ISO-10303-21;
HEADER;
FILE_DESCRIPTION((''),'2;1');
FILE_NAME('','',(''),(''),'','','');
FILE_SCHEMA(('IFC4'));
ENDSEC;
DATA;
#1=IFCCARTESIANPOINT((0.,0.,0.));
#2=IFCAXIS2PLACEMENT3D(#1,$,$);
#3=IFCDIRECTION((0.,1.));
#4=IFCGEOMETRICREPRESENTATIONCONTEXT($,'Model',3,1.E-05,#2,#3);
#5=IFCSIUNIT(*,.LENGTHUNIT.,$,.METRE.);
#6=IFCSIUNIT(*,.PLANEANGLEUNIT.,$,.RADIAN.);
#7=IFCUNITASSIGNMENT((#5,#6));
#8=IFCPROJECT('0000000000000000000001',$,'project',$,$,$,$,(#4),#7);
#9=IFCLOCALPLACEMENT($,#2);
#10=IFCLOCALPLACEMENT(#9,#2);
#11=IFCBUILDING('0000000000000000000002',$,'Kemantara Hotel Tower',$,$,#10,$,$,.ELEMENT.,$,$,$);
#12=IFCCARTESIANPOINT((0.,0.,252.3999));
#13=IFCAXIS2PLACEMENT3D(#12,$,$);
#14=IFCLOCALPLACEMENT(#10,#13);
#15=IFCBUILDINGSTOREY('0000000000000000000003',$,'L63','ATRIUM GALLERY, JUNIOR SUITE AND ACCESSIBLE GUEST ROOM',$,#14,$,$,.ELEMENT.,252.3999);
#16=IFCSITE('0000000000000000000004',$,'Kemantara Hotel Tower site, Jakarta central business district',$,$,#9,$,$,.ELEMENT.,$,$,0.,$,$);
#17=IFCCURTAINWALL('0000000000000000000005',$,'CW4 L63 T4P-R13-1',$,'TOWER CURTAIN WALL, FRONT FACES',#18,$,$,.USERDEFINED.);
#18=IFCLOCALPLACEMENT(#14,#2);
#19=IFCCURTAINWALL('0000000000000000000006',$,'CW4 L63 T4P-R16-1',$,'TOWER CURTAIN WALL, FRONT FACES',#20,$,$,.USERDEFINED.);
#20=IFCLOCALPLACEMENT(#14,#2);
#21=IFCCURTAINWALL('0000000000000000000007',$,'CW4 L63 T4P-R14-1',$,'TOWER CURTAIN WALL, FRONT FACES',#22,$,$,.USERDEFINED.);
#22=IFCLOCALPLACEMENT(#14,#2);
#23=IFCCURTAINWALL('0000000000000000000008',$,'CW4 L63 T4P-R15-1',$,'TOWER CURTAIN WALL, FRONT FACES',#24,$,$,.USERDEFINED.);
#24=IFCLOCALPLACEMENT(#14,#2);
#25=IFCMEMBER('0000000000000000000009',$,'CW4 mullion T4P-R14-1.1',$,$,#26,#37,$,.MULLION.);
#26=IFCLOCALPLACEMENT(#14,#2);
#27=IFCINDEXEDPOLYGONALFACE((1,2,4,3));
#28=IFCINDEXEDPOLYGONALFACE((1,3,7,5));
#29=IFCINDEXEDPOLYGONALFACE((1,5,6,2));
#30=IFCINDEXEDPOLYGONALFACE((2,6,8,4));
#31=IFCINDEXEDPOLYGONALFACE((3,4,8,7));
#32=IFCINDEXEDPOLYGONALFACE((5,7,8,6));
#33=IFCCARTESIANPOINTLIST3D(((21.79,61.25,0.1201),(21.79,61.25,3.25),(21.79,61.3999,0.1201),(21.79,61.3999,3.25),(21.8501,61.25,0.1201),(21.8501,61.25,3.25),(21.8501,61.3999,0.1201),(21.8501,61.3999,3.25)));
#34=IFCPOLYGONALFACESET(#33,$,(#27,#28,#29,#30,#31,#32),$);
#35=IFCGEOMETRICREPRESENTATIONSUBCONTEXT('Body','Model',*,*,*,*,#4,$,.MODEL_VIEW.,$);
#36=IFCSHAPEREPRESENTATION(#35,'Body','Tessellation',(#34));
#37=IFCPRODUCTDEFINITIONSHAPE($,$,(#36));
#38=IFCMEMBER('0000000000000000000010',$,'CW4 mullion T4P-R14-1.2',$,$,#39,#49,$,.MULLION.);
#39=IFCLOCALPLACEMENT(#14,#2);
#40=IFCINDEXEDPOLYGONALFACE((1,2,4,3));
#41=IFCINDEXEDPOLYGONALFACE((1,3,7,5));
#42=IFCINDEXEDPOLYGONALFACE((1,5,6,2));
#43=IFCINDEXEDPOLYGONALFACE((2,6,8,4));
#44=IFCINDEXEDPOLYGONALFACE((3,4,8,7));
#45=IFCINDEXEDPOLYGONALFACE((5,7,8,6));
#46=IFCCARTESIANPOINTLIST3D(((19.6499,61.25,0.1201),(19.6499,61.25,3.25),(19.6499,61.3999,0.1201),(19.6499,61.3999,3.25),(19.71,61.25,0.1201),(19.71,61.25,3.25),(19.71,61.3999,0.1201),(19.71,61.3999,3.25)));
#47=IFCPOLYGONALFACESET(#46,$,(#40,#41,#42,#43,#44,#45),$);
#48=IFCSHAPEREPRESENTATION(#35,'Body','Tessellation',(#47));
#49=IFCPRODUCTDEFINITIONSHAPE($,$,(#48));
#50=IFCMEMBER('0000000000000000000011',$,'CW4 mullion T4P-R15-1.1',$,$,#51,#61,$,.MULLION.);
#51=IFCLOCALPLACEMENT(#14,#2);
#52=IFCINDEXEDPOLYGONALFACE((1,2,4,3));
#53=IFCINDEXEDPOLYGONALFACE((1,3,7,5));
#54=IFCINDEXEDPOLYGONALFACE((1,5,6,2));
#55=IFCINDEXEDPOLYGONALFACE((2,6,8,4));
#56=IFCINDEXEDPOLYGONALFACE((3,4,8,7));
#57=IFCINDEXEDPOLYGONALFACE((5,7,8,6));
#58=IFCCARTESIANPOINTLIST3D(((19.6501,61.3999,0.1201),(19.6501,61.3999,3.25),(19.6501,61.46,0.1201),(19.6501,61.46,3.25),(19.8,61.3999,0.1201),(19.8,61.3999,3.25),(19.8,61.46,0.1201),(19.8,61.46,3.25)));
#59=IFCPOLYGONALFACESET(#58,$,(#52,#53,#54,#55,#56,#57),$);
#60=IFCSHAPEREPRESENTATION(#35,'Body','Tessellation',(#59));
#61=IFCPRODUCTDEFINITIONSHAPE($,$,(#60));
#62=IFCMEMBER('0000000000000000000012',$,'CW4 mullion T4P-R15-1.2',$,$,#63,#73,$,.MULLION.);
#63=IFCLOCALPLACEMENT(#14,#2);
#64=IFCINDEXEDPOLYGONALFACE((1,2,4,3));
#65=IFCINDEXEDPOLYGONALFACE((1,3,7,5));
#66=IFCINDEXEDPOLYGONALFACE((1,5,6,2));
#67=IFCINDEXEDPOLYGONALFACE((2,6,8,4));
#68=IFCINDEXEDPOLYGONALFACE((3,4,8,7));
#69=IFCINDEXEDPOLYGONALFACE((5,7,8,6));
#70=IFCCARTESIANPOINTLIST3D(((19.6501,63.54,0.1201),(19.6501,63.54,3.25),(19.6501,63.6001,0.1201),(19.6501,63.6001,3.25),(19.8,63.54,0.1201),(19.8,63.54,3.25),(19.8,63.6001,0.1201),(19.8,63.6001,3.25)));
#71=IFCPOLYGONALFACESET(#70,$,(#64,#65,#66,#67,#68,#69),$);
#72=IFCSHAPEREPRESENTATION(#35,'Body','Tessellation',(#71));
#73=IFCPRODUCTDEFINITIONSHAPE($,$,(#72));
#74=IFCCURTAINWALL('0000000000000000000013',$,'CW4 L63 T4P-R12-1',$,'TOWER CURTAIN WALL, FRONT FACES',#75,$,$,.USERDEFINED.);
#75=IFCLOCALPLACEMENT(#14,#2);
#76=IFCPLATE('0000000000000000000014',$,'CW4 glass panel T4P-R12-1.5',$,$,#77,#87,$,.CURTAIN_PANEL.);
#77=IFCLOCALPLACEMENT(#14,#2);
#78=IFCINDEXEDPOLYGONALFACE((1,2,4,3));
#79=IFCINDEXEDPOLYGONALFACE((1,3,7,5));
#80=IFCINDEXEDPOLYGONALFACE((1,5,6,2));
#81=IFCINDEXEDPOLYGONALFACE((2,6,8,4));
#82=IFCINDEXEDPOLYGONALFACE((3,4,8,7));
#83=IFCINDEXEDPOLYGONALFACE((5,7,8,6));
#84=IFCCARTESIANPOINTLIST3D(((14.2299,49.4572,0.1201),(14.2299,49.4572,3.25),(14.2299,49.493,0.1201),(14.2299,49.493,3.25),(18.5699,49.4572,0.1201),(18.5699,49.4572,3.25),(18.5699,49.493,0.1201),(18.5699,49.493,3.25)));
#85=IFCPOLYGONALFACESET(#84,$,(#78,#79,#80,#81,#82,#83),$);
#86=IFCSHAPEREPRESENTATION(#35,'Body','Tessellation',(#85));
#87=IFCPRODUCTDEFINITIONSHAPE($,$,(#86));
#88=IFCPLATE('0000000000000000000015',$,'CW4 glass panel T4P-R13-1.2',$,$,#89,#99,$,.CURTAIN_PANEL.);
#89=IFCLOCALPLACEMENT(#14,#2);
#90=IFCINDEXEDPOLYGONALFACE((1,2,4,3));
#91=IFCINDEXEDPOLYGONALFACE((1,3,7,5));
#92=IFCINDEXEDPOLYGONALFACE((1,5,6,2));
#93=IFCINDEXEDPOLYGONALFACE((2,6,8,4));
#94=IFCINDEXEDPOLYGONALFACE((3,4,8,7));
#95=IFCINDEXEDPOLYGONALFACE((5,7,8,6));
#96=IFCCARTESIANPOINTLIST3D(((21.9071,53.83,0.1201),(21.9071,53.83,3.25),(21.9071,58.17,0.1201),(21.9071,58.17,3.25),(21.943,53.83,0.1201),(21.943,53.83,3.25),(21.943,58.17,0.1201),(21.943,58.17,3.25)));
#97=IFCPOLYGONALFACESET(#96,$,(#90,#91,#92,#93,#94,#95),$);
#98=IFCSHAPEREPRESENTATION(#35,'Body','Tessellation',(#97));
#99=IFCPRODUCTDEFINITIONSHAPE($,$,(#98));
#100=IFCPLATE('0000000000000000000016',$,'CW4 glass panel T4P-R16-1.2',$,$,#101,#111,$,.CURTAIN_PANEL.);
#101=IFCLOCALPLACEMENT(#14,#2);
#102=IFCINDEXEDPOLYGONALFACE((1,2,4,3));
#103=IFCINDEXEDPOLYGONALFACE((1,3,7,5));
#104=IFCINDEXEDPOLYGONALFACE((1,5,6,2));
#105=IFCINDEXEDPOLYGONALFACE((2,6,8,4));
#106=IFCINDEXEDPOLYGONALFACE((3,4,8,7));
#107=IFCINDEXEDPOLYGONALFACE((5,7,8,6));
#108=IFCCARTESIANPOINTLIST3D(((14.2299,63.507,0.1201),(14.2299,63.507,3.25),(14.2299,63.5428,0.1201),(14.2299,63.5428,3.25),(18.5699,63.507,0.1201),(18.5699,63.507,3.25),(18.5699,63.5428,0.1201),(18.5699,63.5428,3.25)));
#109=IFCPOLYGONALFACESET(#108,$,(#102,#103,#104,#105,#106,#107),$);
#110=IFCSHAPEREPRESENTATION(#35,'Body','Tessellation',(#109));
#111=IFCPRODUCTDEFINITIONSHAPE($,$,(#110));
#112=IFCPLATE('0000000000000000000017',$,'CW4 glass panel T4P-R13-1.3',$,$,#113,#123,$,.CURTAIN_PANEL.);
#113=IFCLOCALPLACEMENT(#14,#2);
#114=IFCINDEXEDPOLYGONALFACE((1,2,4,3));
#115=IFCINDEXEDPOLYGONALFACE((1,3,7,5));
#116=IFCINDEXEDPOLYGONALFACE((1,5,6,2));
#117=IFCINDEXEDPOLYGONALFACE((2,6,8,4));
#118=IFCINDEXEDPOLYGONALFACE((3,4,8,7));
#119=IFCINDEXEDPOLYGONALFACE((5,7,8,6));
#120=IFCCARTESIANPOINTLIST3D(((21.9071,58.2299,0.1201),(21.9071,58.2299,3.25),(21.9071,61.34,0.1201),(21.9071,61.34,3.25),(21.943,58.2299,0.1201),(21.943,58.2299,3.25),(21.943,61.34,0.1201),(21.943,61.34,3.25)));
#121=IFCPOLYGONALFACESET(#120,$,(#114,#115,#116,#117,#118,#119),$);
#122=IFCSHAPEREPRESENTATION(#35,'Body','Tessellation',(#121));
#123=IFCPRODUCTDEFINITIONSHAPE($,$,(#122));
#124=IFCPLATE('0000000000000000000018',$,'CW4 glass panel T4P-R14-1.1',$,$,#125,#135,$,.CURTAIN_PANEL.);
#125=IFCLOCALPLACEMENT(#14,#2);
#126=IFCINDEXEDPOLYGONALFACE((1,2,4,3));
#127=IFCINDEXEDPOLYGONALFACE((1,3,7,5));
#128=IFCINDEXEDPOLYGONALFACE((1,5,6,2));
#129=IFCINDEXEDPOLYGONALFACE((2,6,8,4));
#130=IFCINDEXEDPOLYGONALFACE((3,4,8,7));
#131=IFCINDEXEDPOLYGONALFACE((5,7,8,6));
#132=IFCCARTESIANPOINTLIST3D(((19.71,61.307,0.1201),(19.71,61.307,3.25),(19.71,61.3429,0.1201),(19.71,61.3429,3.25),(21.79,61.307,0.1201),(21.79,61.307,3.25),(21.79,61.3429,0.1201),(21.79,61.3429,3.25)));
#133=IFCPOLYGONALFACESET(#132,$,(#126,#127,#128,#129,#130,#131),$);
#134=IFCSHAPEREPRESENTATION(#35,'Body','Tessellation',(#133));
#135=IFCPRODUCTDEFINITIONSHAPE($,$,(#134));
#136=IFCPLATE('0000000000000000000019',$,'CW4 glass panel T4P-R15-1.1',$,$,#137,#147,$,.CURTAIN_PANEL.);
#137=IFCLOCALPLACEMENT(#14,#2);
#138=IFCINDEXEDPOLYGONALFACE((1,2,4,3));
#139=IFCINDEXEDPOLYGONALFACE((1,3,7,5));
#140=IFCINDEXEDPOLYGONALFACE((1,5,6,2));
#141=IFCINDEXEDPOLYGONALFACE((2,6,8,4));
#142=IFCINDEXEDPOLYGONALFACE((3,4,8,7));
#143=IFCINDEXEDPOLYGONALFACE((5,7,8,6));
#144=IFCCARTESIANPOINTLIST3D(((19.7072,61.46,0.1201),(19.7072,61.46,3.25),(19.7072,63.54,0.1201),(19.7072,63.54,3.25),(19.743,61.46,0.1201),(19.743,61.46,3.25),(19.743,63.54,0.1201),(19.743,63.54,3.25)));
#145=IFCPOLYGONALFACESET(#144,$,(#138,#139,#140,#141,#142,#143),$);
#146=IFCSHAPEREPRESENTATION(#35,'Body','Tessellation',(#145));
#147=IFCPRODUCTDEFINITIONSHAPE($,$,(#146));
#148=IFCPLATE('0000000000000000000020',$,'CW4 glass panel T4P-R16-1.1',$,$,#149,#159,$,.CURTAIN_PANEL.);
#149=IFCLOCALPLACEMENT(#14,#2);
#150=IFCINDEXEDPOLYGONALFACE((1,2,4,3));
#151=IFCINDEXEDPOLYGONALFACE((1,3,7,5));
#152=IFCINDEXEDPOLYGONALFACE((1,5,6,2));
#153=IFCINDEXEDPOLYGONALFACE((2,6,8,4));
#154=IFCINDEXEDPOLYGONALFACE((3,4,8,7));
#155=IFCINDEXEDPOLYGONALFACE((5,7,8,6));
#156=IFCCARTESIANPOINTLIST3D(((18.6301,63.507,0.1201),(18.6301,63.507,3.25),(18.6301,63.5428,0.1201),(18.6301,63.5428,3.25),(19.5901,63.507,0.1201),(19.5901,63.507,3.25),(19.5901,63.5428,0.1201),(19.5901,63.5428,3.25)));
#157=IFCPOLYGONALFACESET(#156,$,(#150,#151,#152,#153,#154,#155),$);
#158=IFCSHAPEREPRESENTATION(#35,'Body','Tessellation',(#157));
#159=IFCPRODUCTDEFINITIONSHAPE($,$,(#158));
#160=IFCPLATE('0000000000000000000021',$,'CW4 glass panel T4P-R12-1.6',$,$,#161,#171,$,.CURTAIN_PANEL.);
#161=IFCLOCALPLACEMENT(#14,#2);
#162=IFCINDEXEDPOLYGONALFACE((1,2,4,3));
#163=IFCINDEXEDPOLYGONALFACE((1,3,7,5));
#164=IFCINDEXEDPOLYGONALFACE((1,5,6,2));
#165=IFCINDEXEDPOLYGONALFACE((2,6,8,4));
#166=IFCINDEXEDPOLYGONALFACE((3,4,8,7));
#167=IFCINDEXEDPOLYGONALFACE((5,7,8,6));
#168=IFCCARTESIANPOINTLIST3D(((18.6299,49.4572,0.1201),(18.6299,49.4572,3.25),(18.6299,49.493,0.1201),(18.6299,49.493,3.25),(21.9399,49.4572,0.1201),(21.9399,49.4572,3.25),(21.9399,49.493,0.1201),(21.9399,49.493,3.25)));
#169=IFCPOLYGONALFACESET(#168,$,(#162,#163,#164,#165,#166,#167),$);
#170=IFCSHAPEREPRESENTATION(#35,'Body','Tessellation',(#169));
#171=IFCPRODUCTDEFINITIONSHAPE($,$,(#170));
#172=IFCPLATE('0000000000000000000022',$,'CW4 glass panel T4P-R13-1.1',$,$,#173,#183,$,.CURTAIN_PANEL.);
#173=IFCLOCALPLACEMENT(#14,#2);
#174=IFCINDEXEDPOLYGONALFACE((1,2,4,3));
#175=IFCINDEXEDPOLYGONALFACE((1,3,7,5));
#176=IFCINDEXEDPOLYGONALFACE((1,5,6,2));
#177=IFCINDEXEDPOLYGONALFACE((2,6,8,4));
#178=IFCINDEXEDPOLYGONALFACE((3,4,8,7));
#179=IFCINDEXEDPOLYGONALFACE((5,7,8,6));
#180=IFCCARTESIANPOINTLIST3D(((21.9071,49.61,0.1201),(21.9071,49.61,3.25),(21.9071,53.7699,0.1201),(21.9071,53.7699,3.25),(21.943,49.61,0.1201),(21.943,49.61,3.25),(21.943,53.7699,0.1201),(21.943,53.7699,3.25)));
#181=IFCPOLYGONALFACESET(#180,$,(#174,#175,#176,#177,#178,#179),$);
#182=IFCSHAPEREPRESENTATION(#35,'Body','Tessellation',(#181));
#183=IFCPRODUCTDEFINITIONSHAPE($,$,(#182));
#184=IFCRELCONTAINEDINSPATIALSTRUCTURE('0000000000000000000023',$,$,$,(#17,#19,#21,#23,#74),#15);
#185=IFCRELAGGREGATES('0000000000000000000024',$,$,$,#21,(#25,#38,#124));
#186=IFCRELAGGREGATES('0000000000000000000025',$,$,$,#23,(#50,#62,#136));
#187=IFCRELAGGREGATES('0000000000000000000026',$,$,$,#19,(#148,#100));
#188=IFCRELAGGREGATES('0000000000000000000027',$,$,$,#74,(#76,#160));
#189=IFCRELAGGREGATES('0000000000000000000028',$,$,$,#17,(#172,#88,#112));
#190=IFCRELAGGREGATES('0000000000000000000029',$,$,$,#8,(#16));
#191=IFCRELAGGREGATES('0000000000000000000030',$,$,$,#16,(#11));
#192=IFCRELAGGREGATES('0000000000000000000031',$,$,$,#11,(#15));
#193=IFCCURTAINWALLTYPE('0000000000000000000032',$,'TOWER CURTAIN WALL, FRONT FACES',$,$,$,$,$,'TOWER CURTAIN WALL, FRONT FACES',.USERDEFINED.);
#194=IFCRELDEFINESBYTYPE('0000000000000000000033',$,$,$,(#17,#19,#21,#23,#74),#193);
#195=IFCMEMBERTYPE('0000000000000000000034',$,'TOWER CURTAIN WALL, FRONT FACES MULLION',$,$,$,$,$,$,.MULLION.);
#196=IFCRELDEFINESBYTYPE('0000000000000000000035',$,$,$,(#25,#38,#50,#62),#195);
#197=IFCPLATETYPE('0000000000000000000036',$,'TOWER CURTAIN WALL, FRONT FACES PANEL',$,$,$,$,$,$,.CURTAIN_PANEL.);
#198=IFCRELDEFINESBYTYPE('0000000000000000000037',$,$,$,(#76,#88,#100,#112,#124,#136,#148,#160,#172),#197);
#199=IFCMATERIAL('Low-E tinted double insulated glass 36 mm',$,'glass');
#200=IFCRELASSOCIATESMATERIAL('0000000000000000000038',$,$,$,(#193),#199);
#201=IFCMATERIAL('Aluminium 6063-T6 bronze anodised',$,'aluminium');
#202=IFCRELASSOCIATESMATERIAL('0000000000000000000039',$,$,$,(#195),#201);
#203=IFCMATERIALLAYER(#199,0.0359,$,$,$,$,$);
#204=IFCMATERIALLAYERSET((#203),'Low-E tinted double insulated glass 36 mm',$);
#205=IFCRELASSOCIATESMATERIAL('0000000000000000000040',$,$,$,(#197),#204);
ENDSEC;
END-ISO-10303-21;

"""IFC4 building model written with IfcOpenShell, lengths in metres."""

from ifc_helpers import new_model, si_unit, direction, frame, origin, origin_2d, place, context, subcontext, project, spatial, rectangle, extrude, source, transform, mapped, material, layer, layer_set, material_profile, profile_set, type_object, element, aggregate, save


model = new_model("IFC4")

# Units and contexts
model_context = context("Model", 3, precision=1e-05, world=origin(), true_north=direction((0.0, 1.0)))
body_context = subcontext(model_context, "Body", "Model", "MODEL_VIEW")
ifc_project = project(units=[si_unit("LENGTHUNIT", "METRE"), si_unit("PLANEANGLEUNIT", "RADIAN")], contexts=[model_context])

# Site, building, storey
site_placement = place(None, origin())
site = spatial("IfcSite", under=ifc_project, at=site_placement, Name="Kemantara Hotel Tower site, Jakarta central business district", CompositionType="ELEMENT", RefElevation=0.0)
building_placement = place(site_placement, origin())
building = spatial("IfcBuilding", under=site, at=building_placement, Name="Kemantara Hotel Tower", CompositionType="ELEMENT")
storey_placement = place(building_placement, frame((0.0, 0.0, 252.3999)))
storey = spatial("IfcBuildingStorey", under=building, at=storey_placement, Name="L63", Description="ATRIUM GALLERY, JUNIOR SUITE AND ACCESSIBLE GUEST ROOM", CompositionType="ELEMENT", Elevation=252.3999)

# Curtain walls
ifc_material_1 = material(Name="Low-E tinted double insulated glass 36 mm", Category="glass")
curtain_wall_type = type_object("IfcCurtainWallType", Name="TOWER CURTAIN WALL, FRONT FACES", ElementType="TOWER CURTAIN WALL, FRONT FACES", PredefinedType="USERDEFINED", material=ifc_material_1)
curtain_wall_1_placement = place(storey_placement, origin())
curtain_wall_1 = element("IfcCurtainWall", 1, at=curtain_wall_1_placement, inside=storey, type_object=curtain_wall_type, Name="CW4 L63 T4P-R13-1", ObjectType="TOWER CURTAIN WALL, FRONT FACES", PredefinedType="USERDEFINED")
ifc_material_2 = material(Name="Aluminium 6063-T6 bronze anodised", Category="aluminium")
curtain_wall_2_placement = place(storey_placement, origin())
curtain_wall_2 = element("IfcCurtainWall", 2, at=curtain_wall_2_placement, inside=storey, type_object=curtain_wall_type, Name="CW4 L63 T4P-R16-1", ObjectType="TOWER CURTAIN WALL, FRONT FACES", PredefinedType="USERDEFINED")
curtain_wall_3_placement = place(storey_placement, origin())
curtain_wall_3 = element("IfcCurtainWall", 3, at=curtain_wall_3_placement, inside=storey, type_object=curtain_wall_type, Name="CW4 L63 T4P-R14-1", ObjectType="TOWER CURTAIN WALL, FRONT FACES", PredefinedType="USERDEFINED")
curtain_wall_4_placement = place(storey_placement, origin())
curtain_wall_4 = element("IfcCurtainWall", 4, at=curtain_wall_4_placement, inside=storey, type_object=curtain_wall_type, Name="CW4 L63 T4P-R15-1", ObjectType="TOWER CURTAIN WALL, FRONT FACES", PredefinedType="USERDEFINED")

# Members
ifc_material_profile_1 = material_profile(ifc_material_2, rectangle(XDim=0.1499, YDim=0.0601, at=origin_2d()), Name="TOWER CURTAIN WALL, FRONT FACES MULLION")
ifc_profile_set_1 = profile_set([ifc_material_profile_1], Name="Aluminium 6063-T6 bronze anodised")
member_type_1 = type_object("IfcMemberType", Name="TOWER CURTAIN WALL, FRONT FACES MULLION", PredefinedType="MULLION", material=ifc_profile_set_1)
shared_shape_1 = source(origin(), body_context, "Body", "SweptSolid", [
    extrude(rectangle(XDim=0.1499, YDim=0.0601, at=origin_2d()), origin(), (0.0, 0.0, 1.0), 3.1299),
])
member_1_placement = place(storey_placement, frame((21.8201, 61.325, 0.1201), z_axis=(0.0, 0.0, 1.0), x_axis=(0.0, -1.0, 0.0)))
member_1 = element("IfcMember", 5, at=member_1_placement, type_object=member_type_1, Name="CW4 mullion T4P-R14-1.1", PredefinedType="MULLION", context=body_context, shape_type="MappedRepresentation", body=[
    mapped(shared_shape_1, transform((0.0, 0.0, 0.0))),
])
member_2_placement = place(storey_placement, frame((19.6799, 61.325, 0.1201), z_axis=(0.0, 0.0, 1.0), x_axis=(0.0, -1.0, 0.0)))
member_2 = element("IfcMember", 6, at=member_2_placement, type_object=member_type_1, Name="CW4 mullion T4P-R14-1.2", PredefinedType="MULLION", context=body_context, shape_type="MappedRepresentation", body=[
    mapped(shared_shape_1, transform((0.0, 0.0, 0.0))),
])
member_3_placement = place(storey_placement, frame((19.7251, 61.4299, 0.1201), z_axis=(0.0, 0.0, 1.0), x_axis=(-1.0, 0.0, 0.0)))
member_3 = element("IfcMember", 7, at=member_3_placement, type_object=member_type_1, Name="CW4 mullion T4P-R15-1.1", PredefinedType="MULLION", context=body_context, shape_type="MappedRepresentation", body=[
    mapped(shared_shape_1, transform((0.0, 0.0, 0.0))),
])
member_4_placement = place(storey_placement, frame((19.7251, 63.5701, 0.1201), z_axis=(0.0, 0.0, 1.0), x_axis=(-1.0, 0.0, 0.0)))
member_4 = element("IfcMember", 8, at=member_4_placement, type_object=member_type_1, Name="CW4 mullion T4P-R15-1.2", PredefinedType="MULLION", context=body_context, shape_type="MappedRepresentation", body=[
    mapped(shared_shape_1, transform((0.0, 0.0, 0.0))),
])

# Curtain wall, plate
curtain_wall_5_placement = place(storey_placement, origin())
curtain_wall_5 = element("IfcCurtainWall", 9, at=curtain_wall_5_placement, inside=storey, type_object=curtain_wall_type, Name="CW4 L63 T4P-R12-1", ObjectType="TOWER CURTAIN WALL, FRONT FACES", PredefinedType="USERDEFINED")
ifc_layer_1 = layer(ifc_material_1, 0.0359)
ifc_layer_set_1 = layer_set([ifc_layer_1], Name="Low-E tinted double insulated glass 36 mm")
plate_type = type_object("IfcPlateType", Name="TOWER CURTAIN WALL, FRONT FACES PANEL", PredefinedType="CURTAIN_PANEL", material=ifc_layer_set_1)
shared_shape_2 = source(origin(), body_context, "Body", "SweptSolid", [
    extrude(rectangle(XDim=4.3401, YDim=0.0359, at=origin_2d()), origin(), (0.0, 0.0, 1.0), 3.1299),
])
plate_1_placement = place(storey_placement, frame((16.3999, 49.4751, 0.1201), z_axis=(0.0, 0.0, 1.0), x_axis=(1.0, 0.0, 0.0)))
plate_1 = element("IfcPlate", 10, at=plate_1_placement, type_object=plate_type, Name="CW4 glass panel T4P-R12-1.5", PredefinedType="CURTAIN_PANEL", context=body_context, shape_type="MappedRepresentation", body=[
    mapped(shared_shape_2, transform((0.0, 0.0, 0.0))),
])

# Plates
plate_2_placement = place(storey_placement, frame((21.925, 56.0, 0.1201), z_axis=(0.0, 0.0, 1.0), x_axis=(0.0, 1.0, 0.0)))
plate_2 = element("IfcPlate", 11, at=plate_2_placement, type_object=plate_type, Name="CW4 glass panel T4P-R13-1.2", PredefinedType="CURTAIN_PANEL", context=body_context, shape_type="MappedRepresentation", body=[
    mapped(shared_shape_2, transform((0.0, 0.0, 0.0))),
])
plate_3_placement = place(storey_placement, frame((16.3999, 63.5249, 0.1201), z_axis=(0.0, 0.0, 1.0), x_axis=(-1.0, 0.0, 0.0)))
plate_3 = element("IfcPlate", 12, at=plate_3_placement, type_object=plate_type, Name="CW4 glass panel T4P-R16-1.2", PredefinedType="CURTAIN_PANEL", context=body_context, shape_type="MappedRepresentation", body=[
    mapped(shared_shape_2, transform((0.0, 0.0, 0.0))),
])
shared_shape_3 = source(origin(), body_context, "Body", "SweptSolid", [
    extrude(rectangle(XDim=3.1101, YDim=0.0359, at=origin_2d()), origin(), (0.0, 0.0, 1.0), 3.1299),
])
plate_4_placement = place(storey_placement, frame((21.925, 59.7849, 0.1201), z_axis=(0.0, 0.0, 1.0), x_axis=(0.0, 1.0, 0.0)))
plate_4 = element("IfcPlate", 13, at=plate_4_placement, type_object=plate_type, Name="CW4 glass panel T4P-R13-1.3", PredefinedType="CURTAIN_PANEL", context=body_context, shape_type="MappedRepresentation", body=[
    mapped(shared_shape_3, transform((0.0, 0.0, 0.0))),
])
shared_shape_4 = source(origin(), body_context, "Body", "SweptSolid", [
    extrude(rectangle(XDim=2.0801, YDim=0.0359, at=origin_2d()), origin(), (0.0, 0.0, 1.0), 3.1299),
])
plate_5_placement = place(storey_placement, frame((20.75, 61.325, 0.1201), z_axis=(0.0, 0.0, 1.0), x_axis=(-1.0, 0.0, 0.0)))
plate_5 = element("IfcPlate", 14, at=plate_5_placement, type_object=plate_type, Name="CW4 glass panel T4P-R14-1.1", PredefinedType="CURTAIN_PANEL", context=body_context, shape_type="MappedRepresentation", body=[
    mapped(shared_shape_4, transform((0.0, 0.0, 0.0))),
])
aggregate(curtain_wall_3, [member_1, member_2, plate_5])
plate_6_placement = place(storey_placement, frame((19.7251, 62.5, 0.1201), z_axis=(0.0, 0.0, 1.0), x_axis=(0.0, 1.0, 0.0)))
plate_6 = element("IfcPlate", 15, at=plate_6_placement, type_object=plate_type, Name="CW4 glass panel T4P-R15-1.1", PredefinedType="CURTAIN_PANEL", context=body_context, shape_type="MappedRepresentation", body=[
    mapped(shared_shape_4, transform((0.0, 0.0, 0.0))),
])
aggregate(curtain_wall_4, [member_3, member_4, plate_6])
shared_shape_5 = source(origin(), body_context, "Body", "SweptSolid", [
    extrude(rectangle(XDim=0.96, YDim=0.0359, at=origin_2d()), origin(), (0.0, 0.0, 1.0), 3.1299),
])
plate_7_placement = place(storey_placement, frame((19.1101, 63.5249, 0.1201), z_axis=(0.0, 0.0, 1.0), x_axis=(-1.0, 0.0, 0.0)))
plate_7 = element("IfcPlate", 16, at=plate_7_placement, type_object=plate_type, Name="CW4 glass panel T4P-R16-1.1", PredefinedType="CURTAIN_PANEL", context=body_context, shape_type="MappedRepresentation", body=[
    mapped(shared_shape_5, transform((0.0, 0.0, 0.0))),
])
aggregate(curtain_wall_2, [plate_7, plate_3])
shared_shape_6 = source(origin(), body_context, "Body", "SweptSolid", [
    extrude(rectangle(XDim=3.3101, YDim=0.0359, at=origin_2d()), origin(), (0.0, 0.0, 1.0), 3.1299),
])
plate_8_placement = place(storey_placement, frame((20.2849, 49.4751, 0.1201), z_axis=(0.0, 0.0, 1.0), x_axis=(1.0, 0.0, 0.0)))
plate_8 = element("IfcPlate", 17, at=plate_8_placement, type_object=plate_type, Name="CW4 glass panel T4P-R12-1.6", PredefinedType="CURTAIN_PANEL", context=body_context, shape_type="MappedRepresentation", body=[
    mapped(shared_shape_6, transform((0.0, 0.0, 0.0))),
])
aggregate(curtain_wall_5, [plate_1, plate_8])
shared_shape_7 = source(origin(), body_context, "Body", "SweptSolid", [
    extrude(rectangle(XDim=4.1599, YDim=0.0359, at=origin_2d()), origin(), (0.0, 0.0, 1.0), 3.1299),
])
plate_9_placement = place(storey_placement, frame((21.925, 51.6899, 0.1201), z_axis=(0.0, 0.0, 1.0), x_axis=(0.0, 1.0, 0.0)))
plate_9 = element("IfcPlate", 18, at=plate_9_placement, type_object=plate_type, Name="CW4 glass panel T4P-R13-1.1", PredefinedType="CURTAIN_PANEL", context=body_context, shape_type="MappedRepresentation", body=[
    mapped(shared_shape_7, transform((0.0, 0.0, 0.0))),
])
aggregate(curtain_wall_1, [plate_9, plate_2, plate_4])

save(model, "model.ifc")
